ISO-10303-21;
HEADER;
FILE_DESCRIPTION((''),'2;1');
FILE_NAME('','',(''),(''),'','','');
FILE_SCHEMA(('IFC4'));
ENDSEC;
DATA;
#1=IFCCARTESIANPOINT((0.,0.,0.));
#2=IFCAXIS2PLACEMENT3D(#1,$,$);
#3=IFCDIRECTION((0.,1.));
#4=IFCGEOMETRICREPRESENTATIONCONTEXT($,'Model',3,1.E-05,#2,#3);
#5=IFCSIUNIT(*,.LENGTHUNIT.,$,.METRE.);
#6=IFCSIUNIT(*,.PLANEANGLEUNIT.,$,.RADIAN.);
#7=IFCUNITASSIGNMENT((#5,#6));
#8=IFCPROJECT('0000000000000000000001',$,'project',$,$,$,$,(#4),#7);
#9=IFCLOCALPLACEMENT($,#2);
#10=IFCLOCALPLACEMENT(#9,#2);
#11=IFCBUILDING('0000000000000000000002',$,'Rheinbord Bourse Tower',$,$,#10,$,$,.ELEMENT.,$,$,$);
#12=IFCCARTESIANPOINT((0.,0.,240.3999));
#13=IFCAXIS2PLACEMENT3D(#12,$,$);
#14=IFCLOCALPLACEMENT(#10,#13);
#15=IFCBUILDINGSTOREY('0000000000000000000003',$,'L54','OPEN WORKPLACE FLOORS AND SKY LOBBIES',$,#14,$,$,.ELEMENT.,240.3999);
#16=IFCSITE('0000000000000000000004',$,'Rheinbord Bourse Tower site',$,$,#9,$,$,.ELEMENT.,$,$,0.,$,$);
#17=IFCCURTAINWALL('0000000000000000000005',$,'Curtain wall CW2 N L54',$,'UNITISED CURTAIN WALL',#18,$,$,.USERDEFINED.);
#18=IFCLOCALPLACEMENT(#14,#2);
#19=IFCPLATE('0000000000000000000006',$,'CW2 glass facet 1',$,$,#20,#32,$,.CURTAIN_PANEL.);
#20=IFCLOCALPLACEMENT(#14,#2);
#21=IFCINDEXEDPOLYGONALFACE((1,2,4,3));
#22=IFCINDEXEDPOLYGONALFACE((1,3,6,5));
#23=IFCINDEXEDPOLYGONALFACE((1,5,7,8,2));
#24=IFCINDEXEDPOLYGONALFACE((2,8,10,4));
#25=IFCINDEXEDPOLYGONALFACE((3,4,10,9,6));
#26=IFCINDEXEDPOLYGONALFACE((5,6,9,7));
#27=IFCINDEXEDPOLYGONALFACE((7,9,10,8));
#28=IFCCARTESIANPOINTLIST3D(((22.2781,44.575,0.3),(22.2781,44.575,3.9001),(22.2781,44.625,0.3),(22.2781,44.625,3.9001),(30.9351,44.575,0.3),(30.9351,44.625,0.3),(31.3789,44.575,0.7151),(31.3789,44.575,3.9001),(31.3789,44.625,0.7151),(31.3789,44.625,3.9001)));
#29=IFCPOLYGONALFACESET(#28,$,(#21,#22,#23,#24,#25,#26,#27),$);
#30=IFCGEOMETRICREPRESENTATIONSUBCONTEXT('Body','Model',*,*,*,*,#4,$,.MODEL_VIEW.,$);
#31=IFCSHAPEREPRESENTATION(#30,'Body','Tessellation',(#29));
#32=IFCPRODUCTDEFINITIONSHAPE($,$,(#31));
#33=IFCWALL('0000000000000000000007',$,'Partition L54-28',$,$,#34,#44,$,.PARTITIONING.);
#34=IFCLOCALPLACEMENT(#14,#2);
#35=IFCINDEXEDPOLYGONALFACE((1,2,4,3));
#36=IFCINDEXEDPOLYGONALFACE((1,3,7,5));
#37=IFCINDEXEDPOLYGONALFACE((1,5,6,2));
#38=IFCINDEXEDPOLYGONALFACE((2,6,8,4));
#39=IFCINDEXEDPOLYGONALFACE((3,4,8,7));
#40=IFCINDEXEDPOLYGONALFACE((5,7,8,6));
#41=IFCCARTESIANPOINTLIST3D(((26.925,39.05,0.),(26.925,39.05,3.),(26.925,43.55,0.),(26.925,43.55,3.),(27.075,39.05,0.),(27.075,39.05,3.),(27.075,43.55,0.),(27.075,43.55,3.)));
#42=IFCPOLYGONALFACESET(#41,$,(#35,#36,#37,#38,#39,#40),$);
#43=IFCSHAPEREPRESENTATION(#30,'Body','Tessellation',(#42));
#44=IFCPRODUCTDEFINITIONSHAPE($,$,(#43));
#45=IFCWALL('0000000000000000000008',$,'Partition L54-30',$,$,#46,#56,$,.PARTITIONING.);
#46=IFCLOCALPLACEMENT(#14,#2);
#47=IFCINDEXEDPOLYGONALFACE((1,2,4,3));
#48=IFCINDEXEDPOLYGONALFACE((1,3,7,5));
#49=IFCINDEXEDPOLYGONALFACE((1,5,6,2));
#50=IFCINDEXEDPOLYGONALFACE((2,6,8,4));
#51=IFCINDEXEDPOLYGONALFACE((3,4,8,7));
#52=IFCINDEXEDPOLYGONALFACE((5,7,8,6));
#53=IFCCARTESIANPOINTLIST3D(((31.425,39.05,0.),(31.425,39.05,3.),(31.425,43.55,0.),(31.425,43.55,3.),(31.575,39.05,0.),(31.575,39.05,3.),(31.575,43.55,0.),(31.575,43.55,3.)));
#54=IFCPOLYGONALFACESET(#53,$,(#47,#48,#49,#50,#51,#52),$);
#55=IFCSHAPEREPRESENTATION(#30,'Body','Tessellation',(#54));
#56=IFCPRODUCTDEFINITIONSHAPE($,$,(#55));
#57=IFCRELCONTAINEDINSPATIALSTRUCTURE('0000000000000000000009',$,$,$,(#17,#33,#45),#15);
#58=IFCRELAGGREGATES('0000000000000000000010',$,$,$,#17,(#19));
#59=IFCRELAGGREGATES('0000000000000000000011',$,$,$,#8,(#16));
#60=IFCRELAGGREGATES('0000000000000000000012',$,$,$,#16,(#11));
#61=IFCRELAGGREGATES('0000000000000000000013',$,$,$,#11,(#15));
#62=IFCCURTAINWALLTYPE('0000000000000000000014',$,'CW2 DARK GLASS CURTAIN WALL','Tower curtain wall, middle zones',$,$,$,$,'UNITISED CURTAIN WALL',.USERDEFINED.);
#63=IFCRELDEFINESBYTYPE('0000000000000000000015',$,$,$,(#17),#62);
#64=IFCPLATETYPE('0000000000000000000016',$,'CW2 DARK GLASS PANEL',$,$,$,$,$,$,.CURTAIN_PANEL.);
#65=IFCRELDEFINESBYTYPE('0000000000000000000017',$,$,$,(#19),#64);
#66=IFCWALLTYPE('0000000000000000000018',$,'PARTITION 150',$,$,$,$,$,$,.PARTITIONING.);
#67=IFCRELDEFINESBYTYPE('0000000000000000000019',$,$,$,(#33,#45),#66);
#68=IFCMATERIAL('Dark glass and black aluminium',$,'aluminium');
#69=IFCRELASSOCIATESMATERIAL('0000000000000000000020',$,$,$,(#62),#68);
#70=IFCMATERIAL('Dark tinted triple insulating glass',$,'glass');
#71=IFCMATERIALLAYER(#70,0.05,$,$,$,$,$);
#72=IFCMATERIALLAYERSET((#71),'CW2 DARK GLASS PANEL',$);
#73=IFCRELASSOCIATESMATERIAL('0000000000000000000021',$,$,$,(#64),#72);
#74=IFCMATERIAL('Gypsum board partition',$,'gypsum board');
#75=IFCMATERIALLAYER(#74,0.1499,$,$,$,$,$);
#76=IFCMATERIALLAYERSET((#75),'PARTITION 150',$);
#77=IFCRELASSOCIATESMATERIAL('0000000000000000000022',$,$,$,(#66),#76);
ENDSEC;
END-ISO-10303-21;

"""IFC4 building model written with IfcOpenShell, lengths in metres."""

from ifc_helpers import new_model, si_unit, direction, frame, frame_2d, origin, place, context, subcontext, project, spatial, polyline, rectangle, outline, extrude, material, layer, layer_set, type_object, element, aggregate, save


model = new_model("IFC4")

# Units and contexts
model_context = context("Model", 3, precision=1e-05, world=origin(), true_north=direction((0.0, 1.0)))
body_context = subcontext(model_context, "Body", "Model", "MODEL_VIEW")
ifc_project = project(units=[si_unit("LENGTHUNIT", "METRE"), si_unit("PLANEANGLEUNIT", "RADIAN")], contexts=[model_context])

# Site, building, storey
site_placement = place(None, origin())
site = spatial("IfcSite", under=ifc_project, at=site_placement, Name="Rheinbord Bourse Tower site", CompositionType="ELEMENT", RefElevation=0.0)
building_placement = place(site_placement, origin())
building = spatial("IfcBuilding", under=site, at=building_placement, Name="Rheinbord Bourse Tower", CompositionType="ELEMENT")
storey_placement = place(building_placement, frame((0.0, 0.0, 240.3999)))
storey = spatial("IfcBuildingStorey", under=building, at=storey_placement, Name="L54", Description="OPEN WORKPLACE FLOORS AND SKY LOBBIES", CompositionType="ELEMENT", Elevation=240.3999)

# Curtain wall
ifc_material_1 = material(Name="Dark glass and black aluminium", Category="aluminium")
curtain_wall_type = type_object("IfcCurtainWallType", Name="CW2 DARK GLASS CURTAIN WALL", Description="Tower curtain wall, middle zones", ElementType="UNITISED CURTAIN WALL", PredefinedType="USERDEFINED", material=ifc_material_1)
curtain_wall_placement = place(storey_placement, origin())
curtain_wall = element("IfcCurtainWall", 1, at=curtain_wall_placement, inside=storey, type_object=curtain_wall_type, Name="Curtain wall CW2 N L54", ObjectType="UNITISED CURTAIN WALL", PredefinedType="USERDEFINED")

# Plate
ifc_material_2 = material(Name="Dark tinted triple insulating glass", Category="glass")
ifc_layer_1 = layer(ifc_material_2, 0.05)
ifc_layer_set_1 = layer_set([ifc_layer_1], Name="CW2 DARK GLASS PANEL")
plate_type = type_object("IfcPlateType", Name="CW2 DARK GLASS PANEL", PredefinedType="CURTAIN_PANEL", material=ifc_layer_set_1)
plate_1_placement = place(storey_placement, frame((31.3789, 44.625, 3.9001), z_axis=(0.0, -1.0, 0.0), x_axis=(-1.0, 0.0, 0.0)))
plate_1 = element("IfcPlate", 2, at=plate_1_placement, type_object=plate_type, Name="CW2 glass facet 1", PredefinedType="CURTAIN_PANEL", context=body_context, shape_type="SweptSolid", body=[
    extrude(outline(polyline([(0.0, 0.0), (9.1008, 0.0), (9.1008, 3.6001), (0.4438, 3.6001), (0.0, 3.1851), (0.0, 0.0)])), origin(), (0.0, 0.0, 1.0), 0.05),
])
aggregate(curtain_wall, [plate_1])

# Walls
ifc_material_3 = material(Name="Gypsum board partition", Category="gypsum board")
ifc_layer_2 = layer(ifc_material_3, 0.1499)
ifc_layer_set_2 = layer_set([ifc_layer_2], Name="PARTITION 150")
wall_type = type_object("IfcWallType", Name="PARTITION 150", PredefinedType="PARTITIONING", material=ifc_layer_set_2)
for number, where, z_axis, x_axis, name in (
    (3, (27.0, 39.05, 0.0), (0.0, 0.0, 1.0), (0.0, 1.0, 0.0), "Partition L54-28"),
    (4, (31.5, 39.05, 0.0), (0.0, 0.0, 1.0), (0.0, 1.0, 0.0), "Partition L54-30"),
):
    element("IfcWall", number, at=place(storey_placement, frame(where, z_axis=z_axis, x_axis=x_axis)), inside=storey, type_object=wall_type, Name=name, PredefinedType="PARTITIONING", context=body_context, shape_type="SweptSolid", body=[
        extrude(rectangle(XDim=4.5, YDim=0.1499, at=frame_2d((2.25, 0.0))), origin(), (0.0, 0.0, 1.0), 3.0),
    ])

save(model, "model.ifc")
